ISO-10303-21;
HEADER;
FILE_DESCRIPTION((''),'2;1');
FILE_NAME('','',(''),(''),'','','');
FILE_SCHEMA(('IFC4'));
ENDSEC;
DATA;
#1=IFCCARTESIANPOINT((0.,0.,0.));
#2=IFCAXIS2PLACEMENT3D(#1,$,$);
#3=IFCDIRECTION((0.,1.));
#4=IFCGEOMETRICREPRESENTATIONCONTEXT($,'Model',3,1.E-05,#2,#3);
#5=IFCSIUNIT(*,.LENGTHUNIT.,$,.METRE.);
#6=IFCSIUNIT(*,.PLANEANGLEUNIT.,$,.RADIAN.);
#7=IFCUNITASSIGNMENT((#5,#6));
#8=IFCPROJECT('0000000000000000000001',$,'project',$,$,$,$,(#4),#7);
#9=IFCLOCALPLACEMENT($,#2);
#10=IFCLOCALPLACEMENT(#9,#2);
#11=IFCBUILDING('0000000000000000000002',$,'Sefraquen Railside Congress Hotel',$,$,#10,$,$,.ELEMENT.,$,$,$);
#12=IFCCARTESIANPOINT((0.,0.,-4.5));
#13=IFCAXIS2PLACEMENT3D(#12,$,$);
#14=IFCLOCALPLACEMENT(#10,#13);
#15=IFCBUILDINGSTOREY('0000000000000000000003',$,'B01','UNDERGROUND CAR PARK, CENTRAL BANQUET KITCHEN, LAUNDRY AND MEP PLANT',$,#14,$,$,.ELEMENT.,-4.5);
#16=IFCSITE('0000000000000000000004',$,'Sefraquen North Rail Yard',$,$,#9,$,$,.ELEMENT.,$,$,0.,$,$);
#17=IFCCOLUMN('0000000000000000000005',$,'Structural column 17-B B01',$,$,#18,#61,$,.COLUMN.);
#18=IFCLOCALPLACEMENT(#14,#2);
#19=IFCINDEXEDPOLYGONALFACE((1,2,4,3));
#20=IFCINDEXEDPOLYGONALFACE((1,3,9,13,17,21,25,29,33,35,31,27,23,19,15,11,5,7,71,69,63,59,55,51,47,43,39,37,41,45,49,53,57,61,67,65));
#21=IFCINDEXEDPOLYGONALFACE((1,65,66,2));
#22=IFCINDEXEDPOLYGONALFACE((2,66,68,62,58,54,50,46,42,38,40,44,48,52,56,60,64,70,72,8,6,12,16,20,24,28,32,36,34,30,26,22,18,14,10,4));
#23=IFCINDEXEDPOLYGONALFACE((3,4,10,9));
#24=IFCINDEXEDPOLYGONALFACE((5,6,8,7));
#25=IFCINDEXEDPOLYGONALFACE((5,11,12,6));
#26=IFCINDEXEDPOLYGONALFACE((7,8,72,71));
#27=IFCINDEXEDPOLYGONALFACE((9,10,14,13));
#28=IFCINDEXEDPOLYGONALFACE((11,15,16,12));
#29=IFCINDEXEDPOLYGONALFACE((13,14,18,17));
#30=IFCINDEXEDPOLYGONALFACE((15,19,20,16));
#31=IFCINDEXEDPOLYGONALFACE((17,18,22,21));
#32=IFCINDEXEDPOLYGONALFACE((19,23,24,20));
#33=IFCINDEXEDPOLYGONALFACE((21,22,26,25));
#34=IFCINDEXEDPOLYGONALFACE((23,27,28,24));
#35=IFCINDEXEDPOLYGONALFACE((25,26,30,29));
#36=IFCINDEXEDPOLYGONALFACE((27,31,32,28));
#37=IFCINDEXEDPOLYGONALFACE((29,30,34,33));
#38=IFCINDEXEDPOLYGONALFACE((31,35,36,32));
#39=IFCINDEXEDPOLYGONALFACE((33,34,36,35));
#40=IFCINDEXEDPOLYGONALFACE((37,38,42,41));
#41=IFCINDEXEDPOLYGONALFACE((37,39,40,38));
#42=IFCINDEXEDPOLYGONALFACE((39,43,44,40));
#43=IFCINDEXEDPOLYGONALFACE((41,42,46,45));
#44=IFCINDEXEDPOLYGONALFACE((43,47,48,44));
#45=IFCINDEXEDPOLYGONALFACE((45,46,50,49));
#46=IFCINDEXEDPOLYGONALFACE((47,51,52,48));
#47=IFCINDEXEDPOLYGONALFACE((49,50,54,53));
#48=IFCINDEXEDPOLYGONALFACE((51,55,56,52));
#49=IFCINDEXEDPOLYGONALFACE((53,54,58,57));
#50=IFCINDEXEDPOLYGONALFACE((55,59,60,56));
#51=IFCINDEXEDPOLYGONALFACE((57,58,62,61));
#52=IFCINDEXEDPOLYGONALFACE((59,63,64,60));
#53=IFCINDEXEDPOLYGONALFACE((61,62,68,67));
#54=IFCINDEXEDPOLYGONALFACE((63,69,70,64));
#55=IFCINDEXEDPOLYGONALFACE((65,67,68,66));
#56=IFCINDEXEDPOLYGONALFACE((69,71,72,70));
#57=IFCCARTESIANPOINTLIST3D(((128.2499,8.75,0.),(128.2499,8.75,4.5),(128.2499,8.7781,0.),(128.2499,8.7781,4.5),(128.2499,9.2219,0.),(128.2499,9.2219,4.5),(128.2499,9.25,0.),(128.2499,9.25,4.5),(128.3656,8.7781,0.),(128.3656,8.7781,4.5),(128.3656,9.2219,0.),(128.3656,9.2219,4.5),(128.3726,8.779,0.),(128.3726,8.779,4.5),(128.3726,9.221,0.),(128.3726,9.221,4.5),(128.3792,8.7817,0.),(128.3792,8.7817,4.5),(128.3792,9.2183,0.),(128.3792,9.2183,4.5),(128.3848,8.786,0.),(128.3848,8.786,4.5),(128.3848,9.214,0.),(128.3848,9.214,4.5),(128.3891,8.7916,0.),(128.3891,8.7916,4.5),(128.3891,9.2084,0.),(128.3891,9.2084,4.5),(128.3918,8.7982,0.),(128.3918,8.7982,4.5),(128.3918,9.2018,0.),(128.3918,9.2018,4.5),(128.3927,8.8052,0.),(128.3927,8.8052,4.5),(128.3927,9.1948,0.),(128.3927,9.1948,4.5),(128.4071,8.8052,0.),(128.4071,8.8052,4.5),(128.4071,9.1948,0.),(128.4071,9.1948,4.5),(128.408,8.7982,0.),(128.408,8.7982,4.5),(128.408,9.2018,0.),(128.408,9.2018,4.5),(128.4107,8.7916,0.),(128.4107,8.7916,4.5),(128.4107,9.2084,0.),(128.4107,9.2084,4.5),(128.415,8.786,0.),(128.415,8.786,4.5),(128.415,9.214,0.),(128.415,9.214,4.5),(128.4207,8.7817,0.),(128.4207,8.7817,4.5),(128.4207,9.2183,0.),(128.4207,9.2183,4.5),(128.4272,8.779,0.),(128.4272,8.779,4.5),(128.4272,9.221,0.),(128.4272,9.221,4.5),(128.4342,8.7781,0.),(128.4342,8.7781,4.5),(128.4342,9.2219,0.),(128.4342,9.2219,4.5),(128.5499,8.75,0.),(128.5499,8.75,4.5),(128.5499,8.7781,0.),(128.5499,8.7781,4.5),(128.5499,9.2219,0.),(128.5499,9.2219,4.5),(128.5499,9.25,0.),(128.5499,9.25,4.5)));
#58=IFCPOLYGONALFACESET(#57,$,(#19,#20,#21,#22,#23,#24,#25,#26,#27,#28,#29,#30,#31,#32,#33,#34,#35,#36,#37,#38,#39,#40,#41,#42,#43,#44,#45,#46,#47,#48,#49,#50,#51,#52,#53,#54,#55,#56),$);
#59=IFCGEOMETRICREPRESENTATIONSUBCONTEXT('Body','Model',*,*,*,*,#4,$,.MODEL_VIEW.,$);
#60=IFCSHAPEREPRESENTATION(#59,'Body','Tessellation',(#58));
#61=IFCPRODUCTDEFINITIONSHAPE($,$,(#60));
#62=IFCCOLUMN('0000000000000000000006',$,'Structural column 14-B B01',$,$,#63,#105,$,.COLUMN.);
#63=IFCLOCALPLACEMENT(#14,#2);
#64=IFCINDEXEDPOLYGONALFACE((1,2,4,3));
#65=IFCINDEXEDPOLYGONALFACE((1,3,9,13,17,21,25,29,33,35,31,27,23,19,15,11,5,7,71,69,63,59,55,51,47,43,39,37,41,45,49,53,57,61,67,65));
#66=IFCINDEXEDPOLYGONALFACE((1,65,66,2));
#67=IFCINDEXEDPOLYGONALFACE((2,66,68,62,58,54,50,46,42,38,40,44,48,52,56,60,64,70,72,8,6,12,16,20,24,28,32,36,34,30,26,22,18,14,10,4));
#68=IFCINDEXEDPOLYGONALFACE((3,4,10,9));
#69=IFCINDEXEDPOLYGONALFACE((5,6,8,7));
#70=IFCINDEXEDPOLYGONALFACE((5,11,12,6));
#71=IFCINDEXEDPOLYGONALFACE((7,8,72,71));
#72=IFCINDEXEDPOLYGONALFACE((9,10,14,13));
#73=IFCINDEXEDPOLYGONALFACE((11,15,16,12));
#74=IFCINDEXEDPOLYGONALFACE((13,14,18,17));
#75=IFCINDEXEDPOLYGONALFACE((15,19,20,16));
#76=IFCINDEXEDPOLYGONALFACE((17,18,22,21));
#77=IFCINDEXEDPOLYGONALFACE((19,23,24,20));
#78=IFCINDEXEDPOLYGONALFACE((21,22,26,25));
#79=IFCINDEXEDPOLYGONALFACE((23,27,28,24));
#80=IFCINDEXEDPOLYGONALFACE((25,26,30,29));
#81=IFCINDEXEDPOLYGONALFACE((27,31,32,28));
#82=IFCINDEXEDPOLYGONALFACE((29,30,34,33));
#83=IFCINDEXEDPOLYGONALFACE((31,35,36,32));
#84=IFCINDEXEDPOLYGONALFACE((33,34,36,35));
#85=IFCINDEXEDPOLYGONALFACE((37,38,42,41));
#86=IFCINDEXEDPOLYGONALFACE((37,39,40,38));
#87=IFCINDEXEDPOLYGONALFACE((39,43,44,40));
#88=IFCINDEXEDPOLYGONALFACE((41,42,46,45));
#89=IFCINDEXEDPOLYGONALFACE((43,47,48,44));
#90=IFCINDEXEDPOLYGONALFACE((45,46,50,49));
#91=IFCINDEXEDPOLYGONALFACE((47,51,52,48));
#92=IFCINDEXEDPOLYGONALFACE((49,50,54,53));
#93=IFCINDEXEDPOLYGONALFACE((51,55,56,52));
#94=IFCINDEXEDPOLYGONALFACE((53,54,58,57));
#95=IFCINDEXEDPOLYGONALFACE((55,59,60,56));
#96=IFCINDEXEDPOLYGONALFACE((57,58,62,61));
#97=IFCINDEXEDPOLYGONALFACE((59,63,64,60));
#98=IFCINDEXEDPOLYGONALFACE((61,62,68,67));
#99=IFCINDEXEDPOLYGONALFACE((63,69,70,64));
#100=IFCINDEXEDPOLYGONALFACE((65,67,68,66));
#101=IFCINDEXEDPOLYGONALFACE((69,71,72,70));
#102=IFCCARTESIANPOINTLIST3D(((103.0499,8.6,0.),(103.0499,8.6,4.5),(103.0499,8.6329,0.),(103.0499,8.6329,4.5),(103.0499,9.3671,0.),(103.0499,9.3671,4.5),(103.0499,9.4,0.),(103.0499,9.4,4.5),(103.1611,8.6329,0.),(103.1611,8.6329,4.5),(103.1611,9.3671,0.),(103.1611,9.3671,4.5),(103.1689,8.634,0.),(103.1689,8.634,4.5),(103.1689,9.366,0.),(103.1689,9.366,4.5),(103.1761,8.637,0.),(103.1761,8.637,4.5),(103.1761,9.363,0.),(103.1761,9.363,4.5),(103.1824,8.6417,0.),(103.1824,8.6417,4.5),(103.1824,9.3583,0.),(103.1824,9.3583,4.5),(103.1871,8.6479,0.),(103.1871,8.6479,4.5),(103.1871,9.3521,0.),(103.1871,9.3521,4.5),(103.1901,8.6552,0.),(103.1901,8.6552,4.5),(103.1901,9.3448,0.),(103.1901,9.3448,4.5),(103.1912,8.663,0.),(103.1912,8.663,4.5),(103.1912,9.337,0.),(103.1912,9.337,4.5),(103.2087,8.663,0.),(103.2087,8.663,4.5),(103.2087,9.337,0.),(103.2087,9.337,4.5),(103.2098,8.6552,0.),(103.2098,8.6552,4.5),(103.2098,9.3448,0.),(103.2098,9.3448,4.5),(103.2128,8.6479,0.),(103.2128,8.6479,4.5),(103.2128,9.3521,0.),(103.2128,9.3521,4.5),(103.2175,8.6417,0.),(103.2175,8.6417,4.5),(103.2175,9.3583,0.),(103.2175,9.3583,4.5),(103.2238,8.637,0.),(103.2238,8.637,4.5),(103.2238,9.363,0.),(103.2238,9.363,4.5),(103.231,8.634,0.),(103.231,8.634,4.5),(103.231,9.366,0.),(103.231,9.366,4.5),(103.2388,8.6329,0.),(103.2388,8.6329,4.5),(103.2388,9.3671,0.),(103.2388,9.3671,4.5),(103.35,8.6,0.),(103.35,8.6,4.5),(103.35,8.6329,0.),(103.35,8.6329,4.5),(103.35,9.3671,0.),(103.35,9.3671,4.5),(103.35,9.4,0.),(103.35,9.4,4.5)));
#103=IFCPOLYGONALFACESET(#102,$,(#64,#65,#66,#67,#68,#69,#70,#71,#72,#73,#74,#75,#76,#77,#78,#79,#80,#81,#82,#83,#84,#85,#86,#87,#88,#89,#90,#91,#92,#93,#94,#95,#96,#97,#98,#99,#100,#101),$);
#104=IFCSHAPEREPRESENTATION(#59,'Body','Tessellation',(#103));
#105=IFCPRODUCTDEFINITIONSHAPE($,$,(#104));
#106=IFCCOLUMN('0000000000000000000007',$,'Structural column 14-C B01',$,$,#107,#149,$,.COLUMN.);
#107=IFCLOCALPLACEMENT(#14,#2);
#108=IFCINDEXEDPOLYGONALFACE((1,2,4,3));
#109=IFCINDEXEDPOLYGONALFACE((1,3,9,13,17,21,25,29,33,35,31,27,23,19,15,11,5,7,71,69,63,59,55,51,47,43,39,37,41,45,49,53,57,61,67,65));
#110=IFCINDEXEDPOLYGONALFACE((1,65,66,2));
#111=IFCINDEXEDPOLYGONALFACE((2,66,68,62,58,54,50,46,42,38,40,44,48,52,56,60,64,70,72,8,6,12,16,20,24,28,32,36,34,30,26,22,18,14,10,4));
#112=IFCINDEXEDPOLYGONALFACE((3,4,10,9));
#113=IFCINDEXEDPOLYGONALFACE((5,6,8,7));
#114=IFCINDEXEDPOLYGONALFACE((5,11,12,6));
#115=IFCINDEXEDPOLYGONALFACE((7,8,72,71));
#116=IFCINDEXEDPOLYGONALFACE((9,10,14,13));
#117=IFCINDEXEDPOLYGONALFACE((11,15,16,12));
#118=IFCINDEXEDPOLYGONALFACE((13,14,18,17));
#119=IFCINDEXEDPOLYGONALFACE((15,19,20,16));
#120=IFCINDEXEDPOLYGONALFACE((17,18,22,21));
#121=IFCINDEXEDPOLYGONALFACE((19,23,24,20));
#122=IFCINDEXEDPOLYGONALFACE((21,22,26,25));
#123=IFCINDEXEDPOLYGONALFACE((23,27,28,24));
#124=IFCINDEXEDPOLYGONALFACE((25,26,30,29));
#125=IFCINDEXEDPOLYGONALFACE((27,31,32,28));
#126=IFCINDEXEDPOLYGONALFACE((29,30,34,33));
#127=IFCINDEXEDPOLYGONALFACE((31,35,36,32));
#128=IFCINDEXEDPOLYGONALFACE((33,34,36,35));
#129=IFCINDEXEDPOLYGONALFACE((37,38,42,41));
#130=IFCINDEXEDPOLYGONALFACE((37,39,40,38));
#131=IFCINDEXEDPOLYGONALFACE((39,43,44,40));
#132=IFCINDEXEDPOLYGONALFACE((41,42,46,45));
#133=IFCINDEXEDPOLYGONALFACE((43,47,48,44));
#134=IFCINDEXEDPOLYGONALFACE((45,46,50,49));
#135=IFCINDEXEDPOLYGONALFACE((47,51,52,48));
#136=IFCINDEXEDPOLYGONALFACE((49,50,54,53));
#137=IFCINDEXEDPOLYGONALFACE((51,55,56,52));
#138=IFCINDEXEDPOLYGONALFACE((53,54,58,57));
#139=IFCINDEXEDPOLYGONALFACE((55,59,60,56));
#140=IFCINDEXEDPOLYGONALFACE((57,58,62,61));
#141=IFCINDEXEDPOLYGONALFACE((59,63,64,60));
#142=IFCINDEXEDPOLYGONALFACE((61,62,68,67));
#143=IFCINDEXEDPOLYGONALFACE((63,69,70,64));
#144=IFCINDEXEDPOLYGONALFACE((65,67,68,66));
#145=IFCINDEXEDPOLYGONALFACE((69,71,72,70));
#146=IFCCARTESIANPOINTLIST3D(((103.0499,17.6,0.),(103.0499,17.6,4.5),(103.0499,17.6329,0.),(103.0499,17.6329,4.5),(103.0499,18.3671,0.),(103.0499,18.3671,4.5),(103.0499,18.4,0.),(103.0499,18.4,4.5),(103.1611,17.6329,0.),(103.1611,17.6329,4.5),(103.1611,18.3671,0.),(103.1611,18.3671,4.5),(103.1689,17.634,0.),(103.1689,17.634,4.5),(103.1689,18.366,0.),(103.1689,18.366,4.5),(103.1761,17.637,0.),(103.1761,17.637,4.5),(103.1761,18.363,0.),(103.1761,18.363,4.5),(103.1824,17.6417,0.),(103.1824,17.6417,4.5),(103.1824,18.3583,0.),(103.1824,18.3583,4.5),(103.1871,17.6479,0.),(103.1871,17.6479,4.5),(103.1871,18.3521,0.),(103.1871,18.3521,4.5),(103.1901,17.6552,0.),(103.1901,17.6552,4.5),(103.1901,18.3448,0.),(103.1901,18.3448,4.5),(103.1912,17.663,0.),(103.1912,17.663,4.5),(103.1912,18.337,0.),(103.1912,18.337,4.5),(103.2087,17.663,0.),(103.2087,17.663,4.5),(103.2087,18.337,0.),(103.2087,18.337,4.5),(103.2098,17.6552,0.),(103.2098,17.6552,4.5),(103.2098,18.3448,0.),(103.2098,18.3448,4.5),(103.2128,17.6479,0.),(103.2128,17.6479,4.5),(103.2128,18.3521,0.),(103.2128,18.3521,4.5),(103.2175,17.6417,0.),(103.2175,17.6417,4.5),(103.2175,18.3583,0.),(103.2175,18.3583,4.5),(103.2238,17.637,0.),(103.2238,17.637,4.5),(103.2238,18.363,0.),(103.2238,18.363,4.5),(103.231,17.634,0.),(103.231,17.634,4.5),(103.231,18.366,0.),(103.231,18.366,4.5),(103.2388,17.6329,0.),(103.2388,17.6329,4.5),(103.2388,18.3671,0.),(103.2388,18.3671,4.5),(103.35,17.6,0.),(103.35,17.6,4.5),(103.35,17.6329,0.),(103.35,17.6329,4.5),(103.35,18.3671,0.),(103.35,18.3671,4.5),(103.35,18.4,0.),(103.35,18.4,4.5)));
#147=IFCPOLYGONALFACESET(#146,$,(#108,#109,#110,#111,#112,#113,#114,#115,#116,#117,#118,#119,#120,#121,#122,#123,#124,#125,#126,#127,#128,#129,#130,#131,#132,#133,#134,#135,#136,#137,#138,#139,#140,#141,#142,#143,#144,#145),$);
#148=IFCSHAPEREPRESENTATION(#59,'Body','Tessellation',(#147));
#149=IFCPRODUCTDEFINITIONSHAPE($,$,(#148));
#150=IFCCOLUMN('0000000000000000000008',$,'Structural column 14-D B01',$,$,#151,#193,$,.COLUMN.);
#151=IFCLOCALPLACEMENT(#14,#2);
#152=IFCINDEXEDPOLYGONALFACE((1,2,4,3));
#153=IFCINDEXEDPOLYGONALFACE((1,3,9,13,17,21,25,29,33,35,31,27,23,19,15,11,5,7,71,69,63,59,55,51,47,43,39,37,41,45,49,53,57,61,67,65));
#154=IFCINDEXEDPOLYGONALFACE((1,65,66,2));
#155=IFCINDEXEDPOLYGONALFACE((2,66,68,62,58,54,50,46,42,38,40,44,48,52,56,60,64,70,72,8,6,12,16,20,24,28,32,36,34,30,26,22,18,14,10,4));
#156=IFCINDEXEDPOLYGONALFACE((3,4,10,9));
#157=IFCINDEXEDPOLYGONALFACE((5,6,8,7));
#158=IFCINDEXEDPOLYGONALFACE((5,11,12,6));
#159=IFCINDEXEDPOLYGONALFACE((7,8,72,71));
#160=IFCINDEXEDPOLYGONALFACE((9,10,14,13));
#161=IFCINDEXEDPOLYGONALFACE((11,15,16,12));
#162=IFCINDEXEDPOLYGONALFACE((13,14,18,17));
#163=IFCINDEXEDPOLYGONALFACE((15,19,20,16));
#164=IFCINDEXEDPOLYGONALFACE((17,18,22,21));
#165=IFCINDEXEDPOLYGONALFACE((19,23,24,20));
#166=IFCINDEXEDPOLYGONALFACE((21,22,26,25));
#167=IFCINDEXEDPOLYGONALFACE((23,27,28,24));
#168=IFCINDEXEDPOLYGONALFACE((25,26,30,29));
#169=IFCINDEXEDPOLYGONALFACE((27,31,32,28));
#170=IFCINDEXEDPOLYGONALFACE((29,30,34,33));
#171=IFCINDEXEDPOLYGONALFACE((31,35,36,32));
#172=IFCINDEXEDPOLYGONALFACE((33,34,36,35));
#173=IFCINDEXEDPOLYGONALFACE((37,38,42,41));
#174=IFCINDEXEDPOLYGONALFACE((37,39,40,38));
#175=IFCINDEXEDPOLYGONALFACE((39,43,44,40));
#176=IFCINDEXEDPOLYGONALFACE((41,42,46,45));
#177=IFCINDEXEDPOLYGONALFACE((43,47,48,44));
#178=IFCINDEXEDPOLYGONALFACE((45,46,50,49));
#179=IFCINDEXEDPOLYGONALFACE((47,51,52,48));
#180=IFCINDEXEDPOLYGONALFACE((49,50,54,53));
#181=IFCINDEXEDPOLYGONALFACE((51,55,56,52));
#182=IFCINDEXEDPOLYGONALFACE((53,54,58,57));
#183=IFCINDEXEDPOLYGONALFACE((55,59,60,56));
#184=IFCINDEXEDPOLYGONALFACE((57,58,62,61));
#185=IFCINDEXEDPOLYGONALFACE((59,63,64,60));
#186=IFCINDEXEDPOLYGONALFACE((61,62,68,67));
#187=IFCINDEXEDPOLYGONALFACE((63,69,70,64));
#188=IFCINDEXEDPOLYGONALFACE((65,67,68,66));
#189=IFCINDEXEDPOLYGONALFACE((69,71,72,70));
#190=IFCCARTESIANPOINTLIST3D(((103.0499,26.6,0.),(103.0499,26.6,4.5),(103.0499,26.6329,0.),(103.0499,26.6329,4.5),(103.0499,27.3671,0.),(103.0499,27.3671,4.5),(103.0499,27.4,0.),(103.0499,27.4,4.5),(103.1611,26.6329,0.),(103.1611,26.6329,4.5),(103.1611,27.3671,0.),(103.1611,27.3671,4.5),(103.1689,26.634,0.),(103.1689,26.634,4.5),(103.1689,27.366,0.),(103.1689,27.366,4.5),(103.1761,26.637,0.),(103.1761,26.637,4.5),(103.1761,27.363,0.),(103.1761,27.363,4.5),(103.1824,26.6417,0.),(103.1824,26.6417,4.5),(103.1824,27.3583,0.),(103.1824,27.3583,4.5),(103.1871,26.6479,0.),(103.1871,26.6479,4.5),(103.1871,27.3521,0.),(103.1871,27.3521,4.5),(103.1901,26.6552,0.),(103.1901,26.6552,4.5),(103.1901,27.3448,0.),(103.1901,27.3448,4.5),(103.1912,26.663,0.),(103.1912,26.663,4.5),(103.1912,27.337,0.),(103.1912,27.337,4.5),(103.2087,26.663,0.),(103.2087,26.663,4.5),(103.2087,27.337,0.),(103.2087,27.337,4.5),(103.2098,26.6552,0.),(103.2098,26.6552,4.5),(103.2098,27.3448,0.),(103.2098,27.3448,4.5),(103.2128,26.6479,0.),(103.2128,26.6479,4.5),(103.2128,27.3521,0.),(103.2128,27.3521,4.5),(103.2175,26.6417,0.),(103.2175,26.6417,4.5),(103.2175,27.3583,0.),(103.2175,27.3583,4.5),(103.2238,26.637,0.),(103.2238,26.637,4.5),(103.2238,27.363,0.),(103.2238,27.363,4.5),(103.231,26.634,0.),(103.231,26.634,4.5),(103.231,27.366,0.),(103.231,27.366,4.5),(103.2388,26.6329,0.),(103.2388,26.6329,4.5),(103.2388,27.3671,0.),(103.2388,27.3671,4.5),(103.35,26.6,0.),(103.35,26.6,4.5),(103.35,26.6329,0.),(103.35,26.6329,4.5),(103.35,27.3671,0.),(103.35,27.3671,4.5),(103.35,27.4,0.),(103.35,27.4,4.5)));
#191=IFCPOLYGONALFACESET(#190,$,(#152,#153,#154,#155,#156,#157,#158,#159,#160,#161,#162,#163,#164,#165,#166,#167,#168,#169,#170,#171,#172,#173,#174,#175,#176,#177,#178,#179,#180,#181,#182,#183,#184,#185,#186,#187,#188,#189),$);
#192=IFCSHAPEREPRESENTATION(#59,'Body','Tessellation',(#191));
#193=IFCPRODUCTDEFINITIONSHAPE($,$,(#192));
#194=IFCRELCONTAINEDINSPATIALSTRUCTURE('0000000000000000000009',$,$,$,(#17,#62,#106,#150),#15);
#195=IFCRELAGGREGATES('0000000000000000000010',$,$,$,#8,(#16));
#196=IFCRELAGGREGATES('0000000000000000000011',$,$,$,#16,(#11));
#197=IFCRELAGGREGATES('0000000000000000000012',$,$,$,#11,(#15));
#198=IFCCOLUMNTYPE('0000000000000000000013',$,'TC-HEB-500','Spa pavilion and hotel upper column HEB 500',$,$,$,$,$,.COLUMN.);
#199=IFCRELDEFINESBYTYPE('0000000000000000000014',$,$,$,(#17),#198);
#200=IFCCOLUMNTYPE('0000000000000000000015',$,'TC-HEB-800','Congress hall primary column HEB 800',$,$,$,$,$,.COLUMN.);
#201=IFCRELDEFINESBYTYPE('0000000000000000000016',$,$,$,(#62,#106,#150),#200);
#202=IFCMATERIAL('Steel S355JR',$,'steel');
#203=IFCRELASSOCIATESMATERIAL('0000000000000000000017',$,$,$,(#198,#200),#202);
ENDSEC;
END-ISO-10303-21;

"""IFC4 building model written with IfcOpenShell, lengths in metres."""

from ifc_helpers import new_model, si_unit, direction, frame, origin, origin_2d, place, context, subcontext, project, spatial, i_section, extrude, material, material_profile, profile_set, type_object, element, save


model = new_model("IFC4")

# Units and contexts
model_context = context("Model", 3, precision=1e-05, world=origin(), true_north=direction((0.0, 1.0)))
body_context = subcontext(model_context, "Body", "Model", "MODEL_VIEW")
ifc_project = project(units=[si_unit("LENGTHUNIT", "METRE"), si_unit("PLANEANGLEUNIT", "RADIAN")], contexts=[model_context])

# Site, building, storey
site_placement = place(None, origin())
site = spatial("IfcSite", under=ifc_project, at=site_placement, Name="Sefraquen North Rail Yard", CompositionType="ELEMENT", RefElevation=0.0)
building_placement = place(site_placement, origin())
building = spatial("IfcBuilding", under=site, at=building_placement, Name="Sefraquen Railside Congress Hotel", CompositionType="ELEMENT")
storey_placement = place(building_placement, frame((0.0, 0.0, -4.5)))
storey = spatial("IfcBuildingStorey", under=building, at=storey_placement, Name="B01", Description="UNDERGROUND CAR PARK, CENTRAL BANQUET KITCHEN, LAUNDRY AND MEP PLANT", CompositionType="ELEMENT", Elevation=-4.5)

# Columns
ifc_material_1 = material(Name="Steel S355JR", Category="steel")
ifc_material_profile_1 = material_profile(ifc_material_1, i_section(OverallWidth=0.3, OverallDepth=0.5, WebThickness=0.0144, FlangeThickness=0.0281, FilletRadius=0.0271, at=origin_2d()), Name="HEB 500")
ifc_profile_set_1 = profile_set([ifc_material_profile_1], Name="Steel S355JR")
column_type_1 = type_object("IfcColumnType", Name="TC-HEB-500", Description="Spa pavilion and hotel upper column HEB 500", PredefinedType="COLUMN", material=ifc_profile_set_1)
for number, where, z_axis, x_axis, name in (
    (1, (128.3999, 9.0, 0.0), (0.0, 0.0, 1.0), (1.0, 0.0, 0.0), "Structural column 17-B B01"),
):
    element("IfcColumn", number, at=place(storey_placement, frame(where, z_axis=z_axis, x_axis=x_axis)), inside=storey, type_object=column_type_1, Name=name, PredefinedType="COLUMN", context=body_context, shape_type="SweptSolid", body=[
        extrude(i_section(OverallWidth=0.3, OverallDepth=0.5, WebThickness=0.0144, FlangeThickness=0.0281, FilletRadius=0.0271, at=origin_2d()), origin(), (0.0, 0.0, 1.0), 4.5),
    ])
ifc_material_profile_2 = material_profile(ifc_material_1, i_section(OverallWidth=0.3, OverallDepth=0.8, WebThickness=0.0176, FlangeThickness=0.033, FilletRadius=0.03, at=origin_2d()), Name="HEB 800")
ifc_profile_set_2 = profile_set([ifc_material_profile_2], Name="Steel S355JR")
column_type_2 = type_object("IfcColumnType", Name="TC-HEB-800", Description="Congress hall primary column HEB 800", PredefinedType="COLUMN", material=ifc_profile_set_2)
for number, where, z_axis, x_axis, name in (
    (2, (103.2, 9.0, 0.0), (0.0, 0.0, 1.0), (1.0, 0.0, 0.0), "Structural column 14-B B01"),
    (3, (103.2, 18.0, 0.0), (0.0, 0.0, 1.0), (1.0, 0.0, 0.0), "Structural column 14-C B01"),
    (4, (103.2, 27.0, 0.0), (0.0, 0.0, 1.0), (1.0, 0.0, 0.0), "Structural column 14-D B01"),
):
    element("IfcColumn", number, at=place(storey_placement, frame(where, z_axis=z_axis, x_axis=x_axis)), inside=storey, type_object=column_type_2, Name=name, PredefinedType="COLUMN", context=body_context, shape_type="SweptSolid", body=[
        extrude(i_section(OverallWidth=0.3, OverallDepth=0.8, WebThickness=0.0176, FlangeThickness=0.033, FilletRadius=0.03, at=origin_2d()), origin(), (0.0, 0.0, 1.0), 4.5),
    ])

save(model, "model.ifc")
